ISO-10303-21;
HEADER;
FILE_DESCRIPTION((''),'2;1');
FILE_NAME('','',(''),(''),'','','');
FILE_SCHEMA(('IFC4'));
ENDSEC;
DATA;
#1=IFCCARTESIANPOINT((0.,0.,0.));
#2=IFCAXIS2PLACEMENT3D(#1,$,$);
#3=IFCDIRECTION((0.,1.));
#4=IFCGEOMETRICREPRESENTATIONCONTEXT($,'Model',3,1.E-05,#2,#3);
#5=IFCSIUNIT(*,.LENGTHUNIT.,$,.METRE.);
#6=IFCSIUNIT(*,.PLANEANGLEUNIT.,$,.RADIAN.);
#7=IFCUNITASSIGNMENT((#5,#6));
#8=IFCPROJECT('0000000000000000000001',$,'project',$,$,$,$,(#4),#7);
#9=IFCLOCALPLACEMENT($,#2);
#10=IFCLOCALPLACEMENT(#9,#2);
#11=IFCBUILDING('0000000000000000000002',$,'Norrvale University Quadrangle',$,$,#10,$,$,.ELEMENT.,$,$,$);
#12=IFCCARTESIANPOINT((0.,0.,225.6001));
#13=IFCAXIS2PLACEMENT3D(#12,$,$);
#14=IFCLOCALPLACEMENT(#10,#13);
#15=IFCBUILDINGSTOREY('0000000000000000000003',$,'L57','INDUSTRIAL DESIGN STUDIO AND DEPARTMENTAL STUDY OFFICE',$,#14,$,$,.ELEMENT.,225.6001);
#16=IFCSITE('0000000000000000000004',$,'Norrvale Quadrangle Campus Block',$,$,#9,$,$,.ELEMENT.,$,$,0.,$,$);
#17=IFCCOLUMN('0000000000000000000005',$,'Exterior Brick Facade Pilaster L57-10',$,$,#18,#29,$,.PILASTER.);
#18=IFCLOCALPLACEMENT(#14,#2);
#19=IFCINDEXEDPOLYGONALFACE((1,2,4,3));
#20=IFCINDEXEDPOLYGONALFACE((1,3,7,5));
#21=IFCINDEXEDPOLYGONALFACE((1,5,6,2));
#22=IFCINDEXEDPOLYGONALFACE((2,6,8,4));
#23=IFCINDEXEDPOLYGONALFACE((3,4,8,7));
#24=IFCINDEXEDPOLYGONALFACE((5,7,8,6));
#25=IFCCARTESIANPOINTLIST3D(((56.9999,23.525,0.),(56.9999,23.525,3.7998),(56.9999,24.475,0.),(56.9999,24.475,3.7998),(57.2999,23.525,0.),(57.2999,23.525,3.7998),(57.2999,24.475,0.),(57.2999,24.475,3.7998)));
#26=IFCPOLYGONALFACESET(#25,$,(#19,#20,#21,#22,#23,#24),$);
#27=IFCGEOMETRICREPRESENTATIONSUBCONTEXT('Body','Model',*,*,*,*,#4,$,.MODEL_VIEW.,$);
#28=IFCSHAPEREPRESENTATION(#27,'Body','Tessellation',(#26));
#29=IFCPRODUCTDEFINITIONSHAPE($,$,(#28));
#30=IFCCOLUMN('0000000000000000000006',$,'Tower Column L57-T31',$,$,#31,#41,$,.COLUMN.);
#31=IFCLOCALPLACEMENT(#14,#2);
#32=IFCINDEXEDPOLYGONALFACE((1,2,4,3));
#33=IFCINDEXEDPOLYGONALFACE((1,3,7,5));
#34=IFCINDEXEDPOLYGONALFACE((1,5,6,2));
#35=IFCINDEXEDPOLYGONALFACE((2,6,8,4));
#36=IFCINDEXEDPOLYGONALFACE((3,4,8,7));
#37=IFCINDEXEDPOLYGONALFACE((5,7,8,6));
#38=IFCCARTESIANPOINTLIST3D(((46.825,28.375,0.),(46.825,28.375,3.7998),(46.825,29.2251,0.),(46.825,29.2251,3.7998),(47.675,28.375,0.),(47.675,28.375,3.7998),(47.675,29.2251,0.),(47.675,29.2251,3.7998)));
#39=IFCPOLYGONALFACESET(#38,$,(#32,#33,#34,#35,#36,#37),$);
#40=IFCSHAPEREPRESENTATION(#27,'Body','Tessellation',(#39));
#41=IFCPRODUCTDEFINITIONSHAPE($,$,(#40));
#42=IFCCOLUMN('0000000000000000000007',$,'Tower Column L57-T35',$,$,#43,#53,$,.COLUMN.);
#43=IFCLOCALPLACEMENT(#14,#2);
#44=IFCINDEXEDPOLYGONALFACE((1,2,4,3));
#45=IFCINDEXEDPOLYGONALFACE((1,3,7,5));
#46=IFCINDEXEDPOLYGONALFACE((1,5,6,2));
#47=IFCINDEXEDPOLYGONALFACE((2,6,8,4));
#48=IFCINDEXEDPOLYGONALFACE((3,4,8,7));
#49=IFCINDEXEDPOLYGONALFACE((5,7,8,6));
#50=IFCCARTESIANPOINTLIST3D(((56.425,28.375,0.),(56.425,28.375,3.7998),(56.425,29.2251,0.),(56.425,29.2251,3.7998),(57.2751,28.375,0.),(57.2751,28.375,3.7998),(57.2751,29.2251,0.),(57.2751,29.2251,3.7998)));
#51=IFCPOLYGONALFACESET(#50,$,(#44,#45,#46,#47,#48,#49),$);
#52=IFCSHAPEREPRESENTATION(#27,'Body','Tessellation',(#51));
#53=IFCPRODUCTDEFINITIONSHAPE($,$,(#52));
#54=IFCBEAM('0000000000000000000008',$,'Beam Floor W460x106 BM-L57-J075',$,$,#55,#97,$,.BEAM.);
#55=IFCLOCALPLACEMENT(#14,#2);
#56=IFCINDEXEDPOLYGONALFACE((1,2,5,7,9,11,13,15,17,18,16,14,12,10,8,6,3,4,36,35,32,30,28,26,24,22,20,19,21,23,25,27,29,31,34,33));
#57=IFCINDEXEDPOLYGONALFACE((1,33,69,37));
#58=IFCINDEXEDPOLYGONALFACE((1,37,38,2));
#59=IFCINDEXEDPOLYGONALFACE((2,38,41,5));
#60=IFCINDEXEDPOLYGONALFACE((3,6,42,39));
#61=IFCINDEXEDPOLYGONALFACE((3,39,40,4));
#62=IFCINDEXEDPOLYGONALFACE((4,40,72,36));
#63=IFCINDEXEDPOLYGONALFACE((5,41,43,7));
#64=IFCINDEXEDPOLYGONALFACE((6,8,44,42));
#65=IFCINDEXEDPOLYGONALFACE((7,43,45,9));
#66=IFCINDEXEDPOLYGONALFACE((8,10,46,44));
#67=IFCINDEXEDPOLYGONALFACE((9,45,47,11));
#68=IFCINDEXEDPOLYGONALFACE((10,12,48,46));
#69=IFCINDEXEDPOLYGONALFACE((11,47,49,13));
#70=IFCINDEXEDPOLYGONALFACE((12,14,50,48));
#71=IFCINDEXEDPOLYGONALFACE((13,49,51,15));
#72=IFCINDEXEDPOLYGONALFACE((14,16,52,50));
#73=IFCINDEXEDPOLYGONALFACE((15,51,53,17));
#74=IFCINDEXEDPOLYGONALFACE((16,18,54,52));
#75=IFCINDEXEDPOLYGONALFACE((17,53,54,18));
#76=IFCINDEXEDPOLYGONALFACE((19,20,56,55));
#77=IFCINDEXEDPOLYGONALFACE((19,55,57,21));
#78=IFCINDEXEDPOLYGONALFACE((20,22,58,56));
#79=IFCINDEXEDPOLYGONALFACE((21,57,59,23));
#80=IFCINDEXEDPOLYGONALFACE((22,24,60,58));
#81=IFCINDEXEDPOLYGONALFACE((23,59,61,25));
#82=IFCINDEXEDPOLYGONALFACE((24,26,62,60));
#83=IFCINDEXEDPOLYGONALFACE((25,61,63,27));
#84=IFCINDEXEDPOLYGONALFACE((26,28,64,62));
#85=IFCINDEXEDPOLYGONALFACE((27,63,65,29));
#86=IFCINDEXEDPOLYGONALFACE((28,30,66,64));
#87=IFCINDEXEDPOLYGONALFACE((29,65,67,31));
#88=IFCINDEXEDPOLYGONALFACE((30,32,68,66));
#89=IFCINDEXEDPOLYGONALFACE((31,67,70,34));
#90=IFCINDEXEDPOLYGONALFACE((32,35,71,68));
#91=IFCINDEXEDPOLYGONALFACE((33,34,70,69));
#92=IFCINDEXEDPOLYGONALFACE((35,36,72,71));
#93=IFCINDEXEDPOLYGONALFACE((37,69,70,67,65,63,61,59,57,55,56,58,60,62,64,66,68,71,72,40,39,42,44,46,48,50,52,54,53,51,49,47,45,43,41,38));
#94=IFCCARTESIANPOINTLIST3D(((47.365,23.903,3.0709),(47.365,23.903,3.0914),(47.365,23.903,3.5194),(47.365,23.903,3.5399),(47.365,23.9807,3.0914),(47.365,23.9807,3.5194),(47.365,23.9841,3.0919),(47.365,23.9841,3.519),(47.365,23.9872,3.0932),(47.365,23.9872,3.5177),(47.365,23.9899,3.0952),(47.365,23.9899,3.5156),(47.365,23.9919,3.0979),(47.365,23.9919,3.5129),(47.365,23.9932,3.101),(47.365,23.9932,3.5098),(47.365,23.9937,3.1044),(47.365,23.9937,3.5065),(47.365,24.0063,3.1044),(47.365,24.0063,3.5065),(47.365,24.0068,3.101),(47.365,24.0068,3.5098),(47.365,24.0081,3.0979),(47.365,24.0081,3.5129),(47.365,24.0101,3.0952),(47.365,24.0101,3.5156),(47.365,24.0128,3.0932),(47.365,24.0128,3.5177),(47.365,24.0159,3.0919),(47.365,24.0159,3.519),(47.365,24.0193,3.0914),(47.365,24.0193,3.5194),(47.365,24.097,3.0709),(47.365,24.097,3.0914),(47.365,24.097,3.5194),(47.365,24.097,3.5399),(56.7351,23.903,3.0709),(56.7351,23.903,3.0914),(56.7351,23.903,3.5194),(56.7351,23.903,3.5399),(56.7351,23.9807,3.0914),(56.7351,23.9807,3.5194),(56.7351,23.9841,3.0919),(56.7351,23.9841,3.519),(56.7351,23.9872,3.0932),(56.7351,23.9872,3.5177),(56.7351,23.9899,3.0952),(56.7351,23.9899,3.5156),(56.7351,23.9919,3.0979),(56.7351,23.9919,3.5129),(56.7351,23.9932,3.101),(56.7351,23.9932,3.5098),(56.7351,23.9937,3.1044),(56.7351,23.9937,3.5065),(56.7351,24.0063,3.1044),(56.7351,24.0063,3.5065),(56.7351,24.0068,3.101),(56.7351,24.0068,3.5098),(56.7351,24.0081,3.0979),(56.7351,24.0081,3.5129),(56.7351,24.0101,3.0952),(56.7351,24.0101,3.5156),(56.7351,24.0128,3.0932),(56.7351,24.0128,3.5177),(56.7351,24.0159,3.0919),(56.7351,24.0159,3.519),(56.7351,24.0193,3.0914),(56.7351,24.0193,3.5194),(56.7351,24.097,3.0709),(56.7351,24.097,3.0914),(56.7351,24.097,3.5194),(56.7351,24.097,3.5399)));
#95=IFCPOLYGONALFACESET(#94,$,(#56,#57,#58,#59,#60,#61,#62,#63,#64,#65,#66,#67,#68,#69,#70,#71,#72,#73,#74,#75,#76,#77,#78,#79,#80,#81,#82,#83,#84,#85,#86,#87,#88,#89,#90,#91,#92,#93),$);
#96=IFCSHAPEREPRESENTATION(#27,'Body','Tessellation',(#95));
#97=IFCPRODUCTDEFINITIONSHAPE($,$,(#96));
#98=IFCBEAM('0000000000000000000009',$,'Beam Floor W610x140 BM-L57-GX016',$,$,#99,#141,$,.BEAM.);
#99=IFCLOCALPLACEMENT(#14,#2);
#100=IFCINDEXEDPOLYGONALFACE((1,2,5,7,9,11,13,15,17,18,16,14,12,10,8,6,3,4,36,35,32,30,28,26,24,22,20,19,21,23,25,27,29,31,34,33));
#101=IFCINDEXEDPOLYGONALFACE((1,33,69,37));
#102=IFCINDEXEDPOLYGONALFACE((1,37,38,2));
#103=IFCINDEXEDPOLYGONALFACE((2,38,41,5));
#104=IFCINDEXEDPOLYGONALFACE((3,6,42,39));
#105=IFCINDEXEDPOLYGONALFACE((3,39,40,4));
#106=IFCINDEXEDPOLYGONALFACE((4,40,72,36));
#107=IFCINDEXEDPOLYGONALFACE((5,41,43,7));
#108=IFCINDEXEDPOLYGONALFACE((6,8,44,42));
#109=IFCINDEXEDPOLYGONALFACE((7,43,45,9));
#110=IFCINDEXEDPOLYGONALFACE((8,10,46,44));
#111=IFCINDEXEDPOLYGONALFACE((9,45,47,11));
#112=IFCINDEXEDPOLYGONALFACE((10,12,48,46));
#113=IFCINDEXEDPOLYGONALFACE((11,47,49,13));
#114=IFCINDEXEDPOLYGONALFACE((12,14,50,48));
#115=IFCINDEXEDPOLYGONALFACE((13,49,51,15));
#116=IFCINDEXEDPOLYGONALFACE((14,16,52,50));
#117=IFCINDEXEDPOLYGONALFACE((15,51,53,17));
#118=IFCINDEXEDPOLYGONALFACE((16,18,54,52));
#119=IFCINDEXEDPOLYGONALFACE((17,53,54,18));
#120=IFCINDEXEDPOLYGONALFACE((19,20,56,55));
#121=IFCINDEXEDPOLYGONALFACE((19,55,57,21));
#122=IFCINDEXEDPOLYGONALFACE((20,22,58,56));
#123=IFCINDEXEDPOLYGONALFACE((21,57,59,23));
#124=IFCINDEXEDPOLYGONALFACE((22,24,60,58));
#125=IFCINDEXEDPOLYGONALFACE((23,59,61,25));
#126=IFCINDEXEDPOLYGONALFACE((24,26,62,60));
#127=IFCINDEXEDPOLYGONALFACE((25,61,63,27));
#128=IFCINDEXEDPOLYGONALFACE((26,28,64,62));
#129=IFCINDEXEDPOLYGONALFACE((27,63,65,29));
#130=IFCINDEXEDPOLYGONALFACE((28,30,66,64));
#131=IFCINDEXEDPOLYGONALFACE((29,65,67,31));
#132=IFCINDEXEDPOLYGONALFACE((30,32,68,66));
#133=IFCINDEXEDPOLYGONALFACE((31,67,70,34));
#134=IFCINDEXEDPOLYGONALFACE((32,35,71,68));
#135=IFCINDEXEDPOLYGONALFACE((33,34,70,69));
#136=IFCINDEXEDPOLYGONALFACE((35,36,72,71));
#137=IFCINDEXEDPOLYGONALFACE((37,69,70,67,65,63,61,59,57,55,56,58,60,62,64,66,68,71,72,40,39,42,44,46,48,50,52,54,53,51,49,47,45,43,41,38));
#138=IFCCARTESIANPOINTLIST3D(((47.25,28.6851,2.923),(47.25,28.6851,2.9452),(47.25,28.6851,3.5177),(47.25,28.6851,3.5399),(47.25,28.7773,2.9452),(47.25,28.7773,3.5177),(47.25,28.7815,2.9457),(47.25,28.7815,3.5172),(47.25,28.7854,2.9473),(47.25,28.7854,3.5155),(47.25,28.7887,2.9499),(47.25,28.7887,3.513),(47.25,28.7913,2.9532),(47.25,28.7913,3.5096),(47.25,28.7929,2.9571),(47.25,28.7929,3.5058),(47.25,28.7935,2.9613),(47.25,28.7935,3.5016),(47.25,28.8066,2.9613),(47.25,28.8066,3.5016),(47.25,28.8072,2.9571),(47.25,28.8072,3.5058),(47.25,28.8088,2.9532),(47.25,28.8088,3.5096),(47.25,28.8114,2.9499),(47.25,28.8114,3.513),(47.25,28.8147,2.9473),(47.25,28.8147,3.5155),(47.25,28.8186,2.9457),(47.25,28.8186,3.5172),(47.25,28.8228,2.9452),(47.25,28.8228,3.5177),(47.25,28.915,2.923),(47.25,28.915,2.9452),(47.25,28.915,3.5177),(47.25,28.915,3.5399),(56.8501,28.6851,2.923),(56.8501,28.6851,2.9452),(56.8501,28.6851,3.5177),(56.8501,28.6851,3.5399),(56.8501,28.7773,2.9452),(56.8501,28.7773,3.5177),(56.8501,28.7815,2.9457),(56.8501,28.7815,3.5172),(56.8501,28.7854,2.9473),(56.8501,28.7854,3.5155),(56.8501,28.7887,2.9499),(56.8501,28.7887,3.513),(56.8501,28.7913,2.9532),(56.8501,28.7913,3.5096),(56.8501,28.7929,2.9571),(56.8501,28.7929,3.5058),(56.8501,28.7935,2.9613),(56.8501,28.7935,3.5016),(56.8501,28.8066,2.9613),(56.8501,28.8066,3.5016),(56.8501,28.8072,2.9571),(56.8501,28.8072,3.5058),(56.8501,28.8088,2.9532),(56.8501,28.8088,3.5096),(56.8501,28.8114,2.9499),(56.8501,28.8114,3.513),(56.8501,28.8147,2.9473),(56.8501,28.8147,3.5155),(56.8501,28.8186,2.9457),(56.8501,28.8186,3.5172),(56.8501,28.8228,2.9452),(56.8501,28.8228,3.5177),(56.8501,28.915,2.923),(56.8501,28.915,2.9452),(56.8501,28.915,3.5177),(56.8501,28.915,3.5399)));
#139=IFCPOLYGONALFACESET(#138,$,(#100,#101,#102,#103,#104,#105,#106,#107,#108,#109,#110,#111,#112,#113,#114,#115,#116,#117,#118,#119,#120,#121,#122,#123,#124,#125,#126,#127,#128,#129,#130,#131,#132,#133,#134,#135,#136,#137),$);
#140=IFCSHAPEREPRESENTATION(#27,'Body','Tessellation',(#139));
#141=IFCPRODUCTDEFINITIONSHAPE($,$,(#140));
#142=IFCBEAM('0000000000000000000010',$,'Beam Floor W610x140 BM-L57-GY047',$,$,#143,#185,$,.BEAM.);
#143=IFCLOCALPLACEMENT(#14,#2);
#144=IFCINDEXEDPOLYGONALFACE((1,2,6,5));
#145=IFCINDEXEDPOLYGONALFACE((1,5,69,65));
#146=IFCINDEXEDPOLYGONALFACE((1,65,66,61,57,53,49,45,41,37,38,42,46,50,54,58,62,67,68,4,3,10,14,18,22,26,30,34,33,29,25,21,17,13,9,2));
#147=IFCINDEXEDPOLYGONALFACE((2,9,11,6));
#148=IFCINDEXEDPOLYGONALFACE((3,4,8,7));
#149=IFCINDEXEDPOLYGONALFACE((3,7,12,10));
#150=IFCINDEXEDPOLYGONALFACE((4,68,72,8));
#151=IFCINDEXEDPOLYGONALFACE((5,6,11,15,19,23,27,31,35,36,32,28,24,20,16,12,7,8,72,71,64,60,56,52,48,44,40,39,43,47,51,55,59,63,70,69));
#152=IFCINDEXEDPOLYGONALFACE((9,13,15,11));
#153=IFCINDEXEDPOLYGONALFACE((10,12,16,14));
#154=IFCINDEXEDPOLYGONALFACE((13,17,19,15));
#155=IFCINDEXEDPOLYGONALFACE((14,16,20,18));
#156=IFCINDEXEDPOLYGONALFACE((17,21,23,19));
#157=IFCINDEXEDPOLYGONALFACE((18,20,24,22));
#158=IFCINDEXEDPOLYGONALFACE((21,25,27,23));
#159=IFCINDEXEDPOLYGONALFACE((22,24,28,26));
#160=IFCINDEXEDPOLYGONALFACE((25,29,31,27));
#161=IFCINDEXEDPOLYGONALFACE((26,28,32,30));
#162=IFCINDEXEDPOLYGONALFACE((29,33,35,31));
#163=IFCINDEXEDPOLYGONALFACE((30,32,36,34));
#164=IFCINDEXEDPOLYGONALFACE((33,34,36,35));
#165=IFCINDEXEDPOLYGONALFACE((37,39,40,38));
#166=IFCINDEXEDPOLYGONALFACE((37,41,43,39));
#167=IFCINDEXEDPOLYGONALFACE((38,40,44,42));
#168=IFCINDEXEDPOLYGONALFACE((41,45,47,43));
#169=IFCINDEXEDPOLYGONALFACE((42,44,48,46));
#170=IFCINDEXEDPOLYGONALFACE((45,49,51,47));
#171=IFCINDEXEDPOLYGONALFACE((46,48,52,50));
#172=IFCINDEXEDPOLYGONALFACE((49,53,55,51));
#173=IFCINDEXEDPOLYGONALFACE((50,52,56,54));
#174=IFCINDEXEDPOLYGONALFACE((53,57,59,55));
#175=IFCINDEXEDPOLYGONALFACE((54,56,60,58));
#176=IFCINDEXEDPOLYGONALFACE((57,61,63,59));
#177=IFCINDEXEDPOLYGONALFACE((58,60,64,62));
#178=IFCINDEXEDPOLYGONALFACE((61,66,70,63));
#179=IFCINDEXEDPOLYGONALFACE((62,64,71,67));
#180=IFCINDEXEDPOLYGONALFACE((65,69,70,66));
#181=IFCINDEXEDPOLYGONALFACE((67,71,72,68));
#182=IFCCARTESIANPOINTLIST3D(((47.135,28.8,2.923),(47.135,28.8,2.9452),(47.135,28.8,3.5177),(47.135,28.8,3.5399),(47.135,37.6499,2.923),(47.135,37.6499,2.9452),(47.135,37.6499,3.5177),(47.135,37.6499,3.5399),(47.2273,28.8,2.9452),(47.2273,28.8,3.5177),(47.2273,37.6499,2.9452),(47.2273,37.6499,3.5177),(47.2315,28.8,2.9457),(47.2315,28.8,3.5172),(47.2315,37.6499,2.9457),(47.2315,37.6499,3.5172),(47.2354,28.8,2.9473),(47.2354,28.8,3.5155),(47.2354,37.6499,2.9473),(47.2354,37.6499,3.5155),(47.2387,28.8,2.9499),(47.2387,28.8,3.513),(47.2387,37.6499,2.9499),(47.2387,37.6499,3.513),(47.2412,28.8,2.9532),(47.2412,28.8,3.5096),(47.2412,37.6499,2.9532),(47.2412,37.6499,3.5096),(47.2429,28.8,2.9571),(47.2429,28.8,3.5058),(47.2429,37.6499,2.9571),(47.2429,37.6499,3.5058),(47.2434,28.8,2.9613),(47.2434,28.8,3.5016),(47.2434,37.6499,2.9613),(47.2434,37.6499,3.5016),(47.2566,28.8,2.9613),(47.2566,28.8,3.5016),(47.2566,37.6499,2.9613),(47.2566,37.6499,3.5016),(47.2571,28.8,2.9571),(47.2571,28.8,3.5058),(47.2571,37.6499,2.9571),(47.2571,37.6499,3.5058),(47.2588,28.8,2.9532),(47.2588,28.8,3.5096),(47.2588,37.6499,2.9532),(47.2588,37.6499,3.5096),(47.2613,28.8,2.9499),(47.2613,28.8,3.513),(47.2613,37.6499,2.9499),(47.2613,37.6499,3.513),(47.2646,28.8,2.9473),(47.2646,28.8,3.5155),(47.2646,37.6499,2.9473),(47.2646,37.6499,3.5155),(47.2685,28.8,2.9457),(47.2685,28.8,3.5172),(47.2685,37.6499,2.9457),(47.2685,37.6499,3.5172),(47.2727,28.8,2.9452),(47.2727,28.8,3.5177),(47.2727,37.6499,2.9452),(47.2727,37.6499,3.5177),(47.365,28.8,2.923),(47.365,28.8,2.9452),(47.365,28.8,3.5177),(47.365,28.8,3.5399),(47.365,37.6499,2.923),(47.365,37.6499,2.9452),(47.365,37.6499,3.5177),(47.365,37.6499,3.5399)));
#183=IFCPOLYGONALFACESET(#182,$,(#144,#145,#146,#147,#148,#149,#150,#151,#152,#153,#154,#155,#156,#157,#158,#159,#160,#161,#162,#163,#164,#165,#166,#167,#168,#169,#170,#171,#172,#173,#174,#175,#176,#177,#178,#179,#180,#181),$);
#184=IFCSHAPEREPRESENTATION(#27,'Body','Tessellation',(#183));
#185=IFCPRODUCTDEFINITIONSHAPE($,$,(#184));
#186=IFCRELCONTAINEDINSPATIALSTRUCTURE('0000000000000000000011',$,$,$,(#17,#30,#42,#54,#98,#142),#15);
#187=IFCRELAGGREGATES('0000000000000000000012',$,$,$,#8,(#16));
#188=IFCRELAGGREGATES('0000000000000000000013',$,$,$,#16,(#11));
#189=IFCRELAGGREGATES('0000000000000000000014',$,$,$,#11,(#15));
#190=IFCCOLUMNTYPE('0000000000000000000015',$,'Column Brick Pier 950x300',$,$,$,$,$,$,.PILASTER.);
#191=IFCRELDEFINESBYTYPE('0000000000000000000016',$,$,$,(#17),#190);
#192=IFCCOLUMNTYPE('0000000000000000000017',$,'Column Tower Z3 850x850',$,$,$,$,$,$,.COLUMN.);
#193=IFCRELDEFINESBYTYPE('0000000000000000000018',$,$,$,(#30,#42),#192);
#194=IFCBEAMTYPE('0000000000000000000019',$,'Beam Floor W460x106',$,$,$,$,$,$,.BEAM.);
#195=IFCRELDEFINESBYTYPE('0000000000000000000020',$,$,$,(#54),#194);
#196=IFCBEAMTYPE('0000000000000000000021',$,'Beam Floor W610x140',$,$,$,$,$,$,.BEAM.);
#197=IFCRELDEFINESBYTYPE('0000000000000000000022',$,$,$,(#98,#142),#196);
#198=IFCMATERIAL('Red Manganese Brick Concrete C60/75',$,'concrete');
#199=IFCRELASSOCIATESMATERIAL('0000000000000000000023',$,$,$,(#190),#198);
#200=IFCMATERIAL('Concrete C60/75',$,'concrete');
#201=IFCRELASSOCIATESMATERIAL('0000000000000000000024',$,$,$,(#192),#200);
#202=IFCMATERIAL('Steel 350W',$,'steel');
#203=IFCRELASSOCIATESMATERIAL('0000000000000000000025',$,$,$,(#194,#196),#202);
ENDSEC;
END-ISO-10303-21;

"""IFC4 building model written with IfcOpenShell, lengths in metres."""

from ifc_helpers import new_model, si_unit, direction, frame, origin, origin_2d, place, context, subcontext, project, spatial, rectangle, i_section, extrude, material, material_profile, profile_set, type_object, element, save


model = new_model("IFC4")

# Units and contexts
model_context = context("Model", 3, precision=1e-05, world=origin(), true_north=direction((0.0, 1.0)))
body_context = subcontext(model_context, "Body", "Model", "MODEL_VIEW")
ifc_project = project(units=[si_unit("LENGTHUNIT", "METRE"), si_unit("PLANEANGLEUNIT", "RADIAN")], contexts=[model_context])

# Site, building, storey
site_placement = place(None, origin())
site = spatial("IfcSite", under=ifc_project, at=site_placement, Name="Norrvale Quadrangle Campus Block", CompositionType="ELEMENT", RefElevation=0.0)
building_placement = place(site_placement, origin())
building = spatial("IfcBuilding", under=site, at=building_placement, Name="Norrvale University Quadrangle", CompositionType="ELEMENT")
storey_placement = place(building_placement, frame((0.0, 0.0, 225.6001)))
storey = spatial("IfcBuildingStorey", under=building, at=storey_placement, Name="L57", Description="INDUSTRIAL DESIGN STUDIO AND DEPARTMENTAL STUDY OFFICE", CompositionType="ELEMENT", Elevation=225.6001)

# Columns
ifc_material_1 = material(Name="Red Manganese Brick Concrete C60/75", Category="concrete")
ifc_material_profile_1 = material_profile(ifc_material_1, rectangle(XDim=0.95, YDim=0.3, at=origin_2d()), Name="Red Manganese Brick Concrete C60/75")
ifc_profile_set_1 = profile_set([ifc_material_profile_1], Name="Red Manganese Brick Concrete C60/75")
column_type_1 = type_object("IfcColumnType", Name="Column Brick Pier 950x300", PredefinedType="PILASTER", material=ifc_profile_set_1)
column_placement = place(storey_placement, frame((57.1499, 24.0, 0.0), z_axis=(0.0, 0.0, 1.0), x_axis=(0.0, 1.0, 0.0)))
element("IfcColumn", 1, at=column_placement, inside=storey, type_object=column_type_1, Name="Exterior Brick Facade Pilaster L57-10", PredefinedType="PILASTER", context=body_context, shape_type="SweptSolid", body=[
    extrude(rectangle(XDim=0.95, YDim=0.3, at=origin_2d()), origin(), (0.0, 0.0, 1.0), 3.7998),
])
ifc_material_2 = material(Name="Concrete C60/75", Category="concrete")
ifc_material_profile_2 = material_profile(ifc_material_2, rectangle(XDim=0.8501, YDim=0.8501, at=origin_2d()), Name="Concrete C60/75")
ifc_profile_set_2 = profile_set([ifc_material_profile_2], Name="Concrete C60/75")
column_type_2 = type_object("IfcColumnType", Name="Column Tower Z3 850x850", PredefinedType="COLUMN", material=ifc_profile_set_2)
for number, where, z_axis, x_axis, name in (
    (2, (47.25, 28.8, 0.0), (0.0, 0.0, 1.0), (1.0, 0.0, 0.0), "Tower Column L57-T31"),
    (3, (56.8501, 28.8, 0.0), (0.0, 0.0, 1.0), (1.0, 0.0, 0.0), "Tower Column L57-T35"),
):
    element("IfcColumn", number, at=place(storey_placement, frame(where, z_axis=z_axis, x_axis=x_axis)), inside=storey, type_object=column_type_2, Name=name, PredefinedType="COLUMN", context=body_context, shape_type="SweptSolid", body=[
        extrude(rectangle(XDim=0.8501, YDim=0.8501, at=origin_2d()), origin(), (0.0, 0.0, 1.0), 3.7998),
    ])

# Beams
ifc_material_3 = material(Name="Steel 350W", Category="steel")
ifc_material_profile_3 = material_profile(ifc_material_3, i_section(OverallWidth=0.1941, OverallDepth=0.469, WebThickness=0.0127, FlangeThickness=0.0205, FilletRadius=0.0129, at=origin_2d()), Name="Steel 350W")
ifc_profile_set_3 = profile_set([ifc_material_profile_3], Name="Steel 350W")
beam_type_1 = type_object("IfcBeamType", Name="Beam Floor W460x106", PredefinedType="BEAM", material=ifc_profile_set_3)
beam_1_placement = place(storey_placement, frame((47.365, 24.0, 3.3054), z_axis=(1.0, 0.0, 0.0), x_axis=(0.0, 1.0, 0.0)))
element("IfcBeam", 4, at=beam_1_placement, inside=storey, type_object=beam_type_1, Name="Beam Floor W460x106 BM-L57-J075", PredefinedType="BEAM", context=body_context, shape_type="SweptSolid", body=[
    extrude(i_section(OverallWidth=0.1941, OverallDepth=0.469, WebThickness=0.0127, FlangeThickness=0.0205, FilletRadius=0.0129, at=origin_2d()), origin(), (0.0, 0.0, 1.0), 9.3701),
])
ifc_material_profile_4 = material_profile(ifc_material_3, i_section(OverallWidth=0.23, OverallDepth=0.6169, WebThickness=0.0132, FlangeThickness=0.0222, FilletRadius=0.0161, at=origin_2d()), Name="Steel 350W")
ifc_profile_set_4 = profile_set([ifc_material_profile_4], Name="Steel 350W")
beam_type_2 = type_object("IfcBeamType", Name="Beam Floor W610x140", PredefinedType="BEAM", material=ifc_profile_set_4)
beam_2_placement = place(storey_placement, frame((47.25, 28.8, 3.2314), z_axis=(1.0, 0.0, 0.0), x_axis=(0.0, 1.0, 0.0)))
element("IfcBeam", 5, at=beam_2_placement, inside=storey, type_object=beam_type_2, Name="Beam Floor W610x140 BM-L57-GX016", PredefinedType="BEAM", context=body_context, shape_type="SweptSolid", body=[
    extrude(i_section(OverallWidth=0.23, OverallDepth=0.6169, WebThickness=0.0132, FlangeThickness=0.0222, FilletRadius=0.0161, at=origin_2d()), origin(), (0.0, 0.0, 1.0), 9.6001),
])
beam_3_placement = place(storey_placement, frame((47.25, 28.8, 3.2314), z_axis=(0.0, 1.0, 0.0), x_axis=(-1.0, 0.0, 0.0)))
element("IfcBeam", 6, at=beam_3_placement, inside=storey, type_object=beam_type_2, Name="Beam Floor W610x140 BM-L57-GY047", PredefinedType="BEAM", context=body_context, shape_type="SweptSolid", body=[
    extrude(i_section(OverallWidth=0.23, OverallDepth=0.6169, WebThickness=0.0132, FlangeThickness=0.0222, FilletRadius=0.0161, at=origin_2d()), origin(), (0.0, 0.0, 1.0), 8.8499),
])

save(model, "model.ifc")
